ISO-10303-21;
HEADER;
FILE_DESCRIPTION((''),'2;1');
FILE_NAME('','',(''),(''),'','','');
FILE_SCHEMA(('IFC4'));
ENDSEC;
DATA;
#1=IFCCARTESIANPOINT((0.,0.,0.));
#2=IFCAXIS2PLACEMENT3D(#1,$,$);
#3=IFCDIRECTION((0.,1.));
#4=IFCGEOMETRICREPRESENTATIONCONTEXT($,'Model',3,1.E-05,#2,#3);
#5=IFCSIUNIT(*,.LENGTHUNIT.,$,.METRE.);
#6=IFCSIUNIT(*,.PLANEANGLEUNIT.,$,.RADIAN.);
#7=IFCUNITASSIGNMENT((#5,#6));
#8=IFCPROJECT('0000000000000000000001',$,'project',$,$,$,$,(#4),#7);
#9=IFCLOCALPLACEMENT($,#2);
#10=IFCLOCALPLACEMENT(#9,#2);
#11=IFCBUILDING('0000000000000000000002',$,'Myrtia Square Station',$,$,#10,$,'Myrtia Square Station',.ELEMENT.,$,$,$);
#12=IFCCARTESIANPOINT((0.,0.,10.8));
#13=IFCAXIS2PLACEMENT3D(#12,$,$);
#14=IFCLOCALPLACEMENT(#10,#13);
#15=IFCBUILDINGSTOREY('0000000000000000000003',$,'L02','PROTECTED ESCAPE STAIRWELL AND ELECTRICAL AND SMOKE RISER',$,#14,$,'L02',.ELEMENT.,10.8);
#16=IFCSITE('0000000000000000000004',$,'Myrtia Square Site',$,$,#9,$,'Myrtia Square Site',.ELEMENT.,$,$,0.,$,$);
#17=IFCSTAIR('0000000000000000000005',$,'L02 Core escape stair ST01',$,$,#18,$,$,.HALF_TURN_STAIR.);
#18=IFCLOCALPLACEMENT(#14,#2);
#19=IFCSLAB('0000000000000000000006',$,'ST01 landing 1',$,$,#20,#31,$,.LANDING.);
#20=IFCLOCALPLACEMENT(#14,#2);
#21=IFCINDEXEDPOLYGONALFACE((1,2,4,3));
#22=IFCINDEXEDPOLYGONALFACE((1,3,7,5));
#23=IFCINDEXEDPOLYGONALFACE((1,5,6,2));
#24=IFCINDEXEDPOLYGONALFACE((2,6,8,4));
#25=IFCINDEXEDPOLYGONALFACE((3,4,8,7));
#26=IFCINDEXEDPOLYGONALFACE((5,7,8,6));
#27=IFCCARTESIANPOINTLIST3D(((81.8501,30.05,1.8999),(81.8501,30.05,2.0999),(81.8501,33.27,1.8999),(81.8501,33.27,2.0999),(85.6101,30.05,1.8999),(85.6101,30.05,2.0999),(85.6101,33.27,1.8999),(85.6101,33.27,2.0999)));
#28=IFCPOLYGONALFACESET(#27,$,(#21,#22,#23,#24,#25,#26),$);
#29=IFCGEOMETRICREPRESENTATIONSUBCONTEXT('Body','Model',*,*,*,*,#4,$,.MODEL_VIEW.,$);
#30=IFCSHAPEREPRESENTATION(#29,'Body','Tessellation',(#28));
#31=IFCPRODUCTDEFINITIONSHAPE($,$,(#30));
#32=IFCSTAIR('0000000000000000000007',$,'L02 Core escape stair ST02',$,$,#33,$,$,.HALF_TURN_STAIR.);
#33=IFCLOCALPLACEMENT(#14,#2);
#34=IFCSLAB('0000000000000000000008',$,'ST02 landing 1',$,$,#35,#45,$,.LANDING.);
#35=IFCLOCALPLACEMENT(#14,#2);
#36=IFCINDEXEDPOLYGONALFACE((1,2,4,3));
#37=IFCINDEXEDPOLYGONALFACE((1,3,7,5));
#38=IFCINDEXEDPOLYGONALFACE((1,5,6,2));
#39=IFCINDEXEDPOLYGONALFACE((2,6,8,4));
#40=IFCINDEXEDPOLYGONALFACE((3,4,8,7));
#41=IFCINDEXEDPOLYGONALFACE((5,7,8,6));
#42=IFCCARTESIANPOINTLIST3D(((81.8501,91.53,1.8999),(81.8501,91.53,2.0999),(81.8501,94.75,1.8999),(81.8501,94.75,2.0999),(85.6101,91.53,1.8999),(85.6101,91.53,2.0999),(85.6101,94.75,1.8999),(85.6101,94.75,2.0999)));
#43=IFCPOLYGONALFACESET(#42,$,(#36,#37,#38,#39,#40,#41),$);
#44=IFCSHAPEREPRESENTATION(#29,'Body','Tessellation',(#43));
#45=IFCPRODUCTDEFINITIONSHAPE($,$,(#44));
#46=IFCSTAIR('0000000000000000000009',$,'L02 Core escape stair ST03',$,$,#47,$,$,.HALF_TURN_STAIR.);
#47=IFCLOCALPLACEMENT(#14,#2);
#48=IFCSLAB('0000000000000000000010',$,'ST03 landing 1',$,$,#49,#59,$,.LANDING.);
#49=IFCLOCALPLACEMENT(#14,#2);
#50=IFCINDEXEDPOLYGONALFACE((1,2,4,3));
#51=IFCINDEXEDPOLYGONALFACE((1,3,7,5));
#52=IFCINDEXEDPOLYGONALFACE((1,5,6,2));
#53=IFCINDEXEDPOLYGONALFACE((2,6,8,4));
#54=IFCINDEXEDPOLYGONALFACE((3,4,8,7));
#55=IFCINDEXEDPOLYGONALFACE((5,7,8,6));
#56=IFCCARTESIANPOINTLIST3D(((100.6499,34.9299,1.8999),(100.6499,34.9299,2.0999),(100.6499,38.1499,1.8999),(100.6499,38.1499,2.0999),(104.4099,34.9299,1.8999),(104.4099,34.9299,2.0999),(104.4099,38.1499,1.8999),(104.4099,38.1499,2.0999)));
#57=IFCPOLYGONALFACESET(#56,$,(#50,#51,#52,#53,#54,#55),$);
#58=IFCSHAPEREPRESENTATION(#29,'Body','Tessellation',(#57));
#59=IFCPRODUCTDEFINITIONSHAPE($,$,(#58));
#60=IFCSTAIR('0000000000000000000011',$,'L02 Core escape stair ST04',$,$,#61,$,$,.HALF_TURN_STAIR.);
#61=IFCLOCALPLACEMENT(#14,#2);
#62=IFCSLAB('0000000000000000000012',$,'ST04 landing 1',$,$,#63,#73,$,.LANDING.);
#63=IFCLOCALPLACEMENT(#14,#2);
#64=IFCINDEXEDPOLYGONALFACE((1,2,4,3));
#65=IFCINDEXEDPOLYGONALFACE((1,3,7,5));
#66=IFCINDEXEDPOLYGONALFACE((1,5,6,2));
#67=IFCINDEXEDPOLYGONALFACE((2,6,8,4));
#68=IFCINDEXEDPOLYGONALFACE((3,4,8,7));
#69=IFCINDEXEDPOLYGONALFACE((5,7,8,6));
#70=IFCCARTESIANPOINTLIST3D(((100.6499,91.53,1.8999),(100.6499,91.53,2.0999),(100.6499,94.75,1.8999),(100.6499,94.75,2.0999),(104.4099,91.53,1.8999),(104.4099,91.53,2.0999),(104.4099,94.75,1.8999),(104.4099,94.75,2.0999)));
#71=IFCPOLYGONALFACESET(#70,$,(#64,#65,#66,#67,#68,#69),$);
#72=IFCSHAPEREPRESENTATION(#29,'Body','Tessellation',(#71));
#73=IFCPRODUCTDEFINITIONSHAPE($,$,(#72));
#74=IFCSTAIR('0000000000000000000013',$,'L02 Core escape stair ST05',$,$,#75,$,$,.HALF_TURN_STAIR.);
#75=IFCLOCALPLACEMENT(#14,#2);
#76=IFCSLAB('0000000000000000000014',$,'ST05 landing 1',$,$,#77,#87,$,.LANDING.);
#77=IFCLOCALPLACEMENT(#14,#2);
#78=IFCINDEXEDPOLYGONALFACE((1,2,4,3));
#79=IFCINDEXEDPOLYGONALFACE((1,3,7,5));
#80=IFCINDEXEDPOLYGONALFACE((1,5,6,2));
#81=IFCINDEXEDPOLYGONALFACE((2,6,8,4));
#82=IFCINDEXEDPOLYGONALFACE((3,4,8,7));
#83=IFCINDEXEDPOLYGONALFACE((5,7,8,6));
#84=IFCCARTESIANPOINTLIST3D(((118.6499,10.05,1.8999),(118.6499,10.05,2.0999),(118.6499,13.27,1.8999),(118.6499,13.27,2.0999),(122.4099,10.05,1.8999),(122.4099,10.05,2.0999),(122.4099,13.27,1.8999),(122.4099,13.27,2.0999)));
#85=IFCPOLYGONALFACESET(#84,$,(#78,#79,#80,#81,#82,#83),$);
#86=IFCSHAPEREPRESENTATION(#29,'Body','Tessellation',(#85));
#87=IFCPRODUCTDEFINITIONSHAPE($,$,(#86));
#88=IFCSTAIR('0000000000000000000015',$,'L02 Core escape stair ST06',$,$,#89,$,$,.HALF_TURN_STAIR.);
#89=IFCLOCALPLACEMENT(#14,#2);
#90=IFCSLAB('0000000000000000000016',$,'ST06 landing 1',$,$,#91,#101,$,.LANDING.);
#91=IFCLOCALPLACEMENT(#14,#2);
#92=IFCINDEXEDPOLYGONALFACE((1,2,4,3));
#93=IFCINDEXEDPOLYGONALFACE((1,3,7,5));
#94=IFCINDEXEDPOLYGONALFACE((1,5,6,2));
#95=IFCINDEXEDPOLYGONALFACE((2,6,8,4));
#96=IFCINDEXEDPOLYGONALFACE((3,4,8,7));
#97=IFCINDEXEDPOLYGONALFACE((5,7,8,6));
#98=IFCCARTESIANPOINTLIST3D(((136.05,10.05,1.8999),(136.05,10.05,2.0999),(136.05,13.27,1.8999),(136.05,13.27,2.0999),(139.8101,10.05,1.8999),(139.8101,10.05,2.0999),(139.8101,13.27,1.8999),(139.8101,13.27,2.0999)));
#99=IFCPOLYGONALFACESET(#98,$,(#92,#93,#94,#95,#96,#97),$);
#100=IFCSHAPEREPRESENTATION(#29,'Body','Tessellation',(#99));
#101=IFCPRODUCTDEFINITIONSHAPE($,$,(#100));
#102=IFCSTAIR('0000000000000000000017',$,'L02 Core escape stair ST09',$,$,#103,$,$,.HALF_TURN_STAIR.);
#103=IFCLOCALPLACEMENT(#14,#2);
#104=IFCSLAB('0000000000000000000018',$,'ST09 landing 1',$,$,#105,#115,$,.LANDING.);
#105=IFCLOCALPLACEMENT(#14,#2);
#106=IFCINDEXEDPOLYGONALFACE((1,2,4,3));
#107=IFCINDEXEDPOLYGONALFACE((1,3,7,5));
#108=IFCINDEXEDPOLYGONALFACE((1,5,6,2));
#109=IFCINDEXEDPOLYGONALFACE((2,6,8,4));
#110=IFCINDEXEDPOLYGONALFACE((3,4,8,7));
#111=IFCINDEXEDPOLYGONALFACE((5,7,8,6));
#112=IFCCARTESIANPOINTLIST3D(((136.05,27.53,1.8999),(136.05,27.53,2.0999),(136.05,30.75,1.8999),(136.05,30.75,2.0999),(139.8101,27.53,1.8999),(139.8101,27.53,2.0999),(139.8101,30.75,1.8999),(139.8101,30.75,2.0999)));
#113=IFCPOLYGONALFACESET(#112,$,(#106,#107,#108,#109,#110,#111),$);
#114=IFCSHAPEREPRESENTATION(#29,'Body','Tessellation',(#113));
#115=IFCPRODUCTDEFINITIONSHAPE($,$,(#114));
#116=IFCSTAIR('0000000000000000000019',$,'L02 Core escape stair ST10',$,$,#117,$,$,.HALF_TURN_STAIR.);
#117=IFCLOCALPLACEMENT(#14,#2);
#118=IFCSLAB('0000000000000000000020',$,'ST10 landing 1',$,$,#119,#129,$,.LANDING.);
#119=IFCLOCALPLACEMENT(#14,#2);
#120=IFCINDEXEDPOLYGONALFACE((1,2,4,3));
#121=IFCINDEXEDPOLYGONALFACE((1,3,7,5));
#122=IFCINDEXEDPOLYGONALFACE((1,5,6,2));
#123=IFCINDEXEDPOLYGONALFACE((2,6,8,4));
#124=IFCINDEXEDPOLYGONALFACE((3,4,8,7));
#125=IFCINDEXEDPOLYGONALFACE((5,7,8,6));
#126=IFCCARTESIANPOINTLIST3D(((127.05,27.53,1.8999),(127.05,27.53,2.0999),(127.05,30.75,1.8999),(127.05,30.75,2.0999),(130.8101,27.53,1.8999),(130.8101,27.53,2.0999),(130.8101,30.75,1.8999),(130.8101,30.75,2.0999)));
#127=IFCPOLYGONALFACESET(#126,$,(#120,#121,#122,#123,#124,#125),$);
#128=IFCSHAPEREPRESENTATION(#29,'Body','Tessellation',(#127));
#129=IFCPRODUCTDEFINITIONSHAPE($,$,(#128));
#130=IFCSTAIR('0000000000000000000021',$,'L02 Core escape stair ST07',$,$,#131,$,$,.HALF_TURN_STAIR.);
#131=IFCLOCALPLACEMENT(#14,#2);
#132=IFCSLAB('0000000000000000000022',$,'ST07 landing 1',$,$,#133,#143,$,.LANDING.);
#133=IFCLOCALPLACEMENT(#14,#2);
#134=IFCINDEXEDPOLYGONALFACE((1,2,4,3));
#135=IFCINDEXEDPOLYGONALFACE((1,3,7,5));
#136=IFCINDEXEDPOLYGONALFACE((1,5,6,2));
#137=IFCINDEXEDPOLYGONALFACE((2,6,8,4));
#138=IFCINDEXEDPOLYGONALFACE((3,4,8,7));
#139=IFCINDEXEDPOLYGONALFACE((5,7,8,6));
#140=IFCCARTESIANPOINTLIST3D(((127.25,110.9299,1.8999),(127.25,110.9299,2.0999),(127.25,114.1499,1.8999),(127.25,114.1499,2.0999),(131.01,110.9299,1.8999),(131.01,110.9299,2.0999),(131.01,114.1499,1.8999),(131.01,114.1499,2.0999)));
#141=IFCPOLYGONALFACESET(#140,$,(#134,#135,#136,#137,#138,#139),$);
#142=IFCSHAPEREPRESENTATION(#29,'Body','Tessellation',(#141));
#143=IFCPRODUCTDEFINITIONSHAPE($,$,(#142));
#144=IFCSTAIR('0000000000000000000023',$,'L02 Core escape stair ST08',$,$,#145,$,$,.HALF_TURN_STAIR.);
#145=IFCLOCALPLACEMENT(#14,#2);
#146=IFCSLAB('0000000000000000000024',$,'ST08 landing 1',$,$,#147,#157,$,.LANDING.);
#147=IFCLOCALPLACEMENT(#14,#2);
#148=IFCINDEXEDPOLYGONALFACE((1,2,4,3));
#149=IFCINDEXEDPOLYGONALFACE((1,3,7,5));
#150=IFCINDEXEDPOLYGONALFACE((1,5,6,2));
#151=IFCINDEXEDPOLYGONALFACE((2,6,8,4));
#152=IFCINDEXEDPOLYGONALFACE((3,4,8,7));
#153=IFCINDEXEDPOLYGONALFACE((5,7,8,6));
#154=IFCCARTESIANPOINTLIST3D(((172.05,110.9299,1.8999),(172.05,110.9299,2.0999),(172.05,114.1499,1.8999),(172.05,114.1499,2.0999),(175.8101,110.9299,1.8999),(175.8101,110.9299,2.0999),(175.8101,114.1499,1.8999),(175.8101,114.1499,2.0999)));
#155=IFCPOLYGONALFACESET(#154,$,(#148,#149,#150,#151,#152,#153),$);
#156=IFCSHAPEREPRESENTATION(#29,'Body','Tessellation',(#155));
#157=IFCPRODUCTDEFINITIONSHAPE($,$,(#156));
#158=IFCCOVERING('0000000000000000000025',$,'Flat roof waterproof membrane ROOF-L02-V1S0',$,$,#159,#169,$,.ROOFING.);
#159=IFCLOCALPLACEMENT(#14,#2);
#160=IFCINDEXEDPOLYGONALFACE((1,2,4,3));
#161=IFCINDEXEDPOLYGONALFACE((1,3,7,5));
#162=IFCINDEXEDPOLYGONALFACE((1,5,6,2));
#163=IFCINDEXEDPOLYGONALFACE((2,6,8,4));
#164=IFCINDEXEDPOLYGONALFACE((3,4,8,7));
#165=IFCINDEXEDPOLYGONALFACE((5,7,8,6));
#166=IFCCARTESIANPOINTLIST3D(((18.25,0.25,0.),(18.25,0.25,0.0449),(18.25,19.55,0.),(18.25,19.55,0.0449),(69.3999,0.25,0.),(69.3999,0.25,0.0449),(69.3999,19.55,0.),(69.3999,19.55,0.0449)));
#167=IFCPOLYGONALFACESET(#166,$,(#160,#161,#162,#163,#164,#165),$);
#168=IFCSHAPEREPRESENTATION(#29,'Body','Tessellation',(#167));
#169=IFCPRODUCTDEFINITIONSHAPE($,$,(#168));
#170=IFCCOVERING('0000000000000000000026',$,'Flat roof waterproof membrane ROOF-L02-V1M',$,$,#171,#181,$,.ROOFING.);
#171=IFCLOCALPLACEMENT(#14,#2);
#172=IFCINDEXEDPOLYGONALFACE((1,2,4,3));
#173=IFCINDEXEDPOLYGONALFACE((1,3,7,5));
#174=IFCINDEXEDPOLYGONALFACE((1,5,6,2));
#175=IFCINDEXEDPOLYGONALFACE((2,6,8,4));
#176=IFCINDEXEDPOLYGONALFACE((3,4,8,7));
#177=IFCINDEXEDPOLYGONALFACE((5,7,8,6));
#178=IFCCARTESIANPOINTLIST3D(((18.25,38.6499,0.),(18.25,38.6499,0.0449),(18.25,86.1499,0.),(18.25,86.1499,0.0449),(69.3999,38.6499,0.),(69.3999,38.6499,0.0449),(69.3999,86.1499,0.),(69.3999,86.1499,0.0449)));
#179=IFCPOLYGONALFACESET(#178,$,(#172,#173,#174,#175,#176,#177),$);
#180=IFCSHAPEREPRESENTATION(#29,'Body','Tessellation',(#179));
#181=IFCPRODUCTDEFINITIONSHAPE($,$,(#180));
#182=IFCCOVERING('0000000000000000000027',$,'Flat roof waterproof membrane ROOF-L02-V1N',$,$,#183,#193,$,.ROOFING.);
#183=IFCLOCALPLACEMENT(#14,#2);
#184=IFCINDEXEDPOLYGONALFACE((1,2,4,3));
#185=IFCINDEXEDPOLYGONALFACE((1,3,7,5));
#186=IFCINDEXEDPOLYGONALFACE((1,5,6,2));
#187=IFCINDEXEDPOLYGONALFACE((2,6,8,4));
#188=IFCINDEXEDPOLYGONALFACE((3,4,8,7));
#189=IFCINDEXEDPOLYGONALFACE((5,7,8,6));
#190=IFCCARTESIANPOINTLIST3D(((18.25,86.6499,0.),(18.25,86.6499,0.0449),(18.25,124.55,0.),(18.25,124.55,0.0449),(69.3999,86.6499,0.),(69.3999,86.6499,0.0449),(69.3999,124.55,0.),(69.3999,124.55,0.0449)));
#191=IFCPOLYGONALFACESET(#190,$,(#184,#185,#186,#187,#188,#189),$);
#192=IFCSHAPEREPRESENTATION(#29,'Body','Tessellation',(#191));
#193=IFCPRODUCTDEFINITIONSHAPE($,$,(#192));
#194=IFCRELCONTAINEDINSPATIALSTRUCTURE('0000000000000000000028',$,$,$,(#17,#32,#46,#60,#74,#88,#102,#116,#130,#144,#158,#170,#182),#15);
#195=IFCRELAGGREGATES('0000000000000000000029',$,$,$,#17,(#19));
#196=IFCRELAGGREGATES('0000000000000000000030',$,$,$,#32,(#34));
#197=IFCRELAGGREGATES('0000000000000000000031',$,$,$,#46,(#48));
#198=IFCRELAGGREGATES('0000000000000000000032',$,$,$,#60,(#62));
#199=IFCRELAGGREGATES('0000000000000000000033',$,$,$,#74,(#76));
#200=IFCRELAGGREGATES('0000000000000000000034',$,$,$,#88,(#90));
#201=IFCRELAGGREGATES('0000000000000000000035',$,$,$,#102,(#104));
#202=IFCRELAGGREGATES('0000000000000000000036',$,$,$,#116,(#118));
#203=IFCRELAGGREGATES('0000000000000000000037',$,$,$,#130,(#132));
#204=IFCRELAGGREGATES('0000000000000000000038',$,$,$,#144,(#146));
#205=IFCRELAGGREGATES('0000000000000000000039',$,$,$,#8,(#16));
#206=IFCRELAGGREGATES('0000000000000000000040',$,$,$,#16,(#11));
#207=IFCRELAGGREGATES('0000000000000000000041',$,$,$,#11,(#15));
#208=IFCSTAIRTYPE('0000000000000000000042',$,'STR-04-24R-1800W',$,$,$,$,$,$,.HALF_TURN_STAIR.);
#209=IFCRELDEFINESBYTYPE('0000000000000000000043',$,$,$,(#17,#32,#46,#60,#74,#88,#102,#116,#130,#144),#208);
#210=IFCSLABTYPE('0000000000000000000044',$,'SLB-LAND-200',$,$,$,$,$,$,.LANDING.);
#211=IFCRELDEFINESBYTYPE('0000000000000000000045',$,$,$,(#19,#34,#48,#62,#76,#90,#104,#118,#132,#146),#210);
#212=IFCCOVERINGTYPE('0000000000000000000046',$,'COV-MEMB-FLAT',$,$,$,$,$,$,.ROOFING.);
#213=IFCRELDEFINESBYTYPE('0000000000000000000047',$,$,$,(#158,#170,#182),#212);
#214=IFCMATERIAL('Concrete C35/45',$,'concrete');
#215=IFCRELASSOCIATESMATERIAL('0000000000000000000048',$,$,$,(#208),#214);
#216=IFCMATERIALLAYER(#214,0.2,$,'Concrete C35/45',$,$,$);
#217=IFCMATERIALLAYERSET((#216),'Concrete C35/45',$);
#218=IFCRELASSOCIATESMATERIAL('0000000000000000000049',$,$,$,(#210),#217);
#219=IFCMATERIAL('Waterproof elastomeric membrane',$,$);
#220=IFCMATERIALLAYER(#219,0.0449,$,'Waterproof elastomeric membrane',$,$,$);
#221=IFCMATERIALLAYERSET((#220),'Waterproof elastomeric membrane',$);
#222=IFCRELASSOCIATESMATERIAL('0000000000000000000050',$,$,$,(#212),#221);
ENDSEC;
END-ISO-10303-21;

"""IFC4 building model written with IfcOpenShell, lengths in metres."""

from ifc_helpers import new_model, si_unit, direction, frame, origin, place, context, subcontext, project, spatial, polyline, outline, extrude, material, layer, layer_set, type_object, element, aggregate, save


model = new_model("IFC4")

# Units and contexts
model_context = context("Model", 3, precision=1e-05, world=origin(), true_north=direction((0.0, 1.0)))
body_context = subcontext(model_context, "Body", "Model", "MODEL_VIEW")
ifc_project = project(units=[si_unit("LENGTHUNIT", "METRE"), si_unit("PLANEANGLEUNIT", "RADIAN")], contexts=[model_context])

# Site, building, storey
site_placement = place(None, origin())
site = spatial("IfcSite", under=ifc_project, at=site_placement, Name="Myrtia Square Site", LongName="Myrtia Square Site", CompositionType="ELEMENT", RefElevation=0.0)
building_placement = place(site_placement, origin())
building = spatial("IfcBuilding", under=site, at=building_placement, Name="Myrtia Square Station", LongName="Myrtia Square Station", CompositionType="ELEMENT")
storey_placement = place(building_placement, frame((0.0, 0.0, 10.8)))
storey = spatial("IfcBuildingStorey", under=building, at=storey_placement, Name="L02", Description="PROTECTED ESCAPE STAIRWELL AND ELECTRICAL AND SMOKE RISER", LongName="L02", CompositionType="ELEMENT", Elevation=10.8)

# Stairs, slabs
ifc_material_1 = material(Name="Concrete C35/45", Category="concrete")
stair_type = type_object("IfcStairType", Name="STR-04-24R-1800W", PredefinedType="HALF_TURN_STAIR", material=ifc_material_1)
stair_1_placement = place(storey_placement, origin())
stair_1 = element("IfcStair", 1, at=stair_1_placement, inside=storey, type_object=stair_type, Name="L02 Core escape stair ST01", PredefinedType="HALF_TURN_STAIR")
ifc_layer_1 = layer(ifc_material_1, 0.2, Name="Concrete C35/45")
ifc_layer_set_1 = layer_set([ifc_layer_1], Name="Concrete C35/45")
slab_type = type_object("IfcSlabType", Name="SLB-LAND-200", PredefinedType="LANDING", material=ifc_layer_set_1)
slab_1_placement = place(storey_placement, frame((0.0, 0.0, 1.8999)))
slab_1 = element("IfcSlab", 2, at=slab_1_placement, type_object=slab_type, Name="ST01 landing 1", PredefinedType="LANDING", context=body_context, shape_type="SweptSolid", body=[
    extrude(outline(polyline([(81.8501, 33.27), (81.8501, 30.05), (85.6101, 30.05), (85.6101, 33.27), (81.8501, 33.27)])), origin(), (0.0, 0.0, 1.0), 0.2),
])
aggregate(stair_1, [slab_1])
stair_2_placement = place(storey_placement, origin())
stair_2 = element("IfcStair", 3, at=stair_2_placement, inside=storey, type_object=stair_type, Name="L02 Core escape stair ST02", PredefinedType="HALF_TURN_STAIR")
slab_2_placement = place(storey_placement, frame((0.0, 0.0, 1.8999)))
slab_2 = element("IfcSlab", 4, at=slab_2_placement, type_object=slab_type, Name="ST02 landing 1", PredefinedType="LANDING", context=body_context, shape_type="SweptSolid", body=[
    extrude(outline(polyline([(85.6101, 91.53), (85.6101, 94.75), (81.8501, 94.75), (81.8501, 91.53), (85.6101, 91.53)])), origin(), (0.0, 0.0, 1.0), 0.2),
])
aggregate(stair_2, [slab_2])
stair_3_placement = place(storey_placement, origin())
stair_3 = element("IfcStair", 5, at=stair_3_placement, inside=storey, type_object=stair_type, Name="L02 Core escape stair ST03", PredefinedType="HALF_TURN_STAIR")
slab_3_placement = place(storey_placement, frame((0.0, 0.0, 1.8999)))
slab_3 = element("IfcSlab", 6, at=slab_3_placement, type_object=slab_type, Name="ST03 landing 1", PredefinedType="LANDING", context=body_context, shape_type="SweptSolid", body=[
    extrude(outline(polyline([(104.4099, 34.9299), (104.4099, 38.1499), (100.6499, 38.1499), (100.6499, 34.9299), (104.4099, 34.9299)])), origin(), (0.0, 0.0, 1.0), 0.2),
])
aggregate(stair_3, [slab_3])
stair_4_placement = place(storey_placement, origin())
stair_4 = element("IfcStair", 7, at=stair_4_placement, inside=storey, type_object=stair_type, Name="L02 Core escape stair ST04", PredefinedType="HALF_TURN_STAIR")
slab_4_placement = place(storey_placement, frame((0.0, 0.0, 1.8999)))
slab_4 = element("IfcSlab", 8, at=slab_4_placement, type_object=slab_type, Name="ST04 landing 1", PredefinedType="LANDING", context=body_context, shape_type="SweptSolid", body=[
    extrude(outline(polyline([(104.4099, 91.53), (104.4099, 94.75), (100.6499, 94.75), (100.6499, 91.53), (104.4099, 91.53)])), origin(), (0.0, 0.0, 1.0), 0.2),
])
aggregate(stair_4, [slab_4])
stair_5_placement = place(storey_placement, origin())
stair_5 = element("IfcStair", 9, at=stair_5_placement, inside=storey, type_object=stair_type, Name="L02 Core escape stair ST05", PredefinedType="HALF_TURN_STAIR")
slab_5_placement = place(storey_placement, frame((0.0, 0.0, 1.8999)))
slab_5 = element("IfcSlab", 10, at=slab_5_placement, type_object=slab_type, Name="ST05 landing 1", PredefinedType="LANDING", context=body_context, shape_type="SweptSolid", body=[
    extrude(outline(polyline([(118.6499, 13.27), (118.6499, 10.05), (122.4099, 10.05), (122.4099, 13.27), (118.6499, 13.27)])), origin(), (0.0, 0.0, 1.0), 0.2),
])
aggregate(stair_5, [slab_5])
stair_6_placement = place(storey_placement, origin())
stair_6 = element("IfcStair", 11, at=stair_6_placement, inside=storey, type_object=stair_type, Name="L02 Core escape stair ST06", PredefinedType="HALF_TURN_STAIR")
slab_6_placement = place(storey_placement, frame((0.0, 0.0, 1.8999)))
slab_6 = element("IfcSlab", 12, at=slab_6_placement, type_object=slab_type, Name="ST06 landing 1", PredefinedType="LANDING", context=body_context, shape_type="SweptSolid", body=[
    extrude(outline(polyline([(136.05, 13.27), (136.05, 10.05), (139.8101, 10.05), (139.8101, 13.27), (136.05, 13.27)])), origin(), (0.0, 0.0, 1.0), 0.2),
])
aggregate(stair_6, [slab_6])
stair_7_placement = place(storey_placement, origin())
stair_7 = element("IfcStair", 13, at=stair_7_placement, inside=storey, type_object=stair_type, Name="L02 Core escape stair ST09", PredefinedType="HALF_TURN_STAIR")
slab_7_placement = place(storey_placement, frame((0.0, 0.0, 1.8999)))
slab_7 = element("IfcSlab", 14, at=slab_7_placement, type_object=slab_type, Name="ST09 landing 1", PredefinedType="LANDING", context=body_context, shape_type="SweptSolid", body=[
    extrude(outline(polyline([(139.8101, 27.53), (139.8101, 30.75), (136.05, 30.75), (136.05, 27.53), (139.8101, 27.53)])), origin(), (0.0, 0.0, 1.0), 0.2),
])
aggregate(stair_7, [slab_7])
stair_8_placement = place(storey_placement, origin())
stair_8 = element("IfcStair", 15, at=stair_8_placement, inside=storey, type_object=stair_type, Name="L02 Core escape stair ST10", PredefinedType="HALF_TURN_STAIR")
slab_8_placement = place(storey_placement, frame((0.0, 0.0, 1.8999)))
slab_8 = element("IfcSlab", 16, at=slab_8_placement, type_object=slab_type, Name="ST10 landing 1", PredefinedType="LANDING", context=body_context, shape_type="SweptSolid", body=[
    extrude(outline(polyline([(130.8101, 27.53), (130.8101, 30.75), (127.05, 30.75), (127.05, 27.53), (130.8101, 27.53)])), origin(), (0.0, 0.0, 1.0), 0.2),
])
aggregate(stair_8, [slab_8])
stair_9_placement = place(storey_placement, origin())
stair_9 = element("IfcStair", 17, at=stair_9_placement, inside=storey, type_object=stair_type, Name="L02 Core escape stair ST07", PredefinedType="HALF_TURN_STAIR")
slab_9_placement = place(storey_placement, frame((0.0, 0.0, 1.8999)))
slab_9 = element("IfcSlab", 18, at=slab_9_placement, type_object=slab_type, Name="ST07 landing 1", PredefinedType="LANDING", context=body_context, shape_type="SweptSolid", body=[
    extrude(outline(polyline([(131.01, 110.9299), (131.01, 114.1499), (127.25, 114.1499), (127.25, 110.9299), (131.01, 110.9299)])), origin(), (0.0, 0.0, 1.0), 0.2),
])
aggregate(stair_9, [slab_9])
stair_10_placement = place(storey_placement, origin())
stair_10 = element("IfcStair", 19, at=stair_10_placement, inside=storey, type_object=stair_type, Name="L02 Core escape stair ST08", PredefinedType="HALF_TURN_STAIR")
slab_10_placement = place(storey_placement, frame((0.0, 0.0, 1.8999)))
slab_10 = element("IfcSlab", 20, at=slab_10_placement, type_object=slab_type, Name="ST08 landing 1", PredefinedType="LANDING", context=body_context, shape_type="SweptSolid", body=[
    extrude(outline(polyline([(175.8101, 110.9299), (175.8101, 114.1499), (172.05, 114.1499), (172.05, 110.9299), (175.8101, 110.9299)])), origin(), (0.0, 0.0, 1.0), 0.2),
])
aggregate(stair_10, [slab_10])

# Coverings
ifc_material_2 = material(Name="Waterproof elastomeric membrane")
ifc_layer_2 = layer(ifc_material_2, 0.0449, Name="Waterproof elastomeric membrane")
ifc_layer_set_2 = layer_set([ifc_layer_2], Name="Waterproof elastomeric membrane")
covering_type = type_object("IfcCoveringType", Name="COV-MEMB-FLAT", PredefinedType="ROOFING", material=ifc_layer_set_2)
covering_1_placement = place(storey_placement, origin())
element("IfcCovering", 21, at=covering_1_placement, inside=storey, type_object=covering_type, Name="Flat roof waterproof membrane ROOF-L02-V1S0", PredefinedType="ROOFING", context=body_context, shape_type="SweptSolid", body=[
    extrude(outline(polyline([(18.25, 0.25), (69.3999, 0.25), (69.3999, 19.55), (18.25, 19.55), (18.25, 0.25)])), origin(), (0.0, 0.0, 1.0), 0.0449),
])
covering_2_placement = place(storey_placement, origin())
element("IfcCovering", 22, at=covering_2_placement, inside=storey, type_object=covering_type, Name="Flat roof waterproof membrane ROOF-L02-V1M", PredefinedType="ROOFING", context=body_context, shape_type="SweptSolid", body=[
    extrude(outline(polyline([(18.25, 38.6499), (69.3999, 38.6499), (69.3999, 86.1499), (18.25, 86.1499), (18.25, 38.6499)])), origin(), (0.0, 0.0, 1.0), 0.0449),
])
covering_3_placement = place(storey_placement, origin())
element("IfcCovering", 23, at=covering_3_placement, inside=storey, type_object=covering_type, Name="Flat roof waterproof membrane ROOF-L02-V1N", PredefinedType="ROOFING", context=body_context, shape_type="SweptSolid", body=[
    extrude(outline(polyline([(18.25, 86.6499), (69.3999, 86.6499), (69.3999, 124.55), (18.25, 124.55), (18.25, 86.6499)])), origin(), (0.0, 0.0, 1.0), 0.0449),
])

save(model, "model.ifc")
